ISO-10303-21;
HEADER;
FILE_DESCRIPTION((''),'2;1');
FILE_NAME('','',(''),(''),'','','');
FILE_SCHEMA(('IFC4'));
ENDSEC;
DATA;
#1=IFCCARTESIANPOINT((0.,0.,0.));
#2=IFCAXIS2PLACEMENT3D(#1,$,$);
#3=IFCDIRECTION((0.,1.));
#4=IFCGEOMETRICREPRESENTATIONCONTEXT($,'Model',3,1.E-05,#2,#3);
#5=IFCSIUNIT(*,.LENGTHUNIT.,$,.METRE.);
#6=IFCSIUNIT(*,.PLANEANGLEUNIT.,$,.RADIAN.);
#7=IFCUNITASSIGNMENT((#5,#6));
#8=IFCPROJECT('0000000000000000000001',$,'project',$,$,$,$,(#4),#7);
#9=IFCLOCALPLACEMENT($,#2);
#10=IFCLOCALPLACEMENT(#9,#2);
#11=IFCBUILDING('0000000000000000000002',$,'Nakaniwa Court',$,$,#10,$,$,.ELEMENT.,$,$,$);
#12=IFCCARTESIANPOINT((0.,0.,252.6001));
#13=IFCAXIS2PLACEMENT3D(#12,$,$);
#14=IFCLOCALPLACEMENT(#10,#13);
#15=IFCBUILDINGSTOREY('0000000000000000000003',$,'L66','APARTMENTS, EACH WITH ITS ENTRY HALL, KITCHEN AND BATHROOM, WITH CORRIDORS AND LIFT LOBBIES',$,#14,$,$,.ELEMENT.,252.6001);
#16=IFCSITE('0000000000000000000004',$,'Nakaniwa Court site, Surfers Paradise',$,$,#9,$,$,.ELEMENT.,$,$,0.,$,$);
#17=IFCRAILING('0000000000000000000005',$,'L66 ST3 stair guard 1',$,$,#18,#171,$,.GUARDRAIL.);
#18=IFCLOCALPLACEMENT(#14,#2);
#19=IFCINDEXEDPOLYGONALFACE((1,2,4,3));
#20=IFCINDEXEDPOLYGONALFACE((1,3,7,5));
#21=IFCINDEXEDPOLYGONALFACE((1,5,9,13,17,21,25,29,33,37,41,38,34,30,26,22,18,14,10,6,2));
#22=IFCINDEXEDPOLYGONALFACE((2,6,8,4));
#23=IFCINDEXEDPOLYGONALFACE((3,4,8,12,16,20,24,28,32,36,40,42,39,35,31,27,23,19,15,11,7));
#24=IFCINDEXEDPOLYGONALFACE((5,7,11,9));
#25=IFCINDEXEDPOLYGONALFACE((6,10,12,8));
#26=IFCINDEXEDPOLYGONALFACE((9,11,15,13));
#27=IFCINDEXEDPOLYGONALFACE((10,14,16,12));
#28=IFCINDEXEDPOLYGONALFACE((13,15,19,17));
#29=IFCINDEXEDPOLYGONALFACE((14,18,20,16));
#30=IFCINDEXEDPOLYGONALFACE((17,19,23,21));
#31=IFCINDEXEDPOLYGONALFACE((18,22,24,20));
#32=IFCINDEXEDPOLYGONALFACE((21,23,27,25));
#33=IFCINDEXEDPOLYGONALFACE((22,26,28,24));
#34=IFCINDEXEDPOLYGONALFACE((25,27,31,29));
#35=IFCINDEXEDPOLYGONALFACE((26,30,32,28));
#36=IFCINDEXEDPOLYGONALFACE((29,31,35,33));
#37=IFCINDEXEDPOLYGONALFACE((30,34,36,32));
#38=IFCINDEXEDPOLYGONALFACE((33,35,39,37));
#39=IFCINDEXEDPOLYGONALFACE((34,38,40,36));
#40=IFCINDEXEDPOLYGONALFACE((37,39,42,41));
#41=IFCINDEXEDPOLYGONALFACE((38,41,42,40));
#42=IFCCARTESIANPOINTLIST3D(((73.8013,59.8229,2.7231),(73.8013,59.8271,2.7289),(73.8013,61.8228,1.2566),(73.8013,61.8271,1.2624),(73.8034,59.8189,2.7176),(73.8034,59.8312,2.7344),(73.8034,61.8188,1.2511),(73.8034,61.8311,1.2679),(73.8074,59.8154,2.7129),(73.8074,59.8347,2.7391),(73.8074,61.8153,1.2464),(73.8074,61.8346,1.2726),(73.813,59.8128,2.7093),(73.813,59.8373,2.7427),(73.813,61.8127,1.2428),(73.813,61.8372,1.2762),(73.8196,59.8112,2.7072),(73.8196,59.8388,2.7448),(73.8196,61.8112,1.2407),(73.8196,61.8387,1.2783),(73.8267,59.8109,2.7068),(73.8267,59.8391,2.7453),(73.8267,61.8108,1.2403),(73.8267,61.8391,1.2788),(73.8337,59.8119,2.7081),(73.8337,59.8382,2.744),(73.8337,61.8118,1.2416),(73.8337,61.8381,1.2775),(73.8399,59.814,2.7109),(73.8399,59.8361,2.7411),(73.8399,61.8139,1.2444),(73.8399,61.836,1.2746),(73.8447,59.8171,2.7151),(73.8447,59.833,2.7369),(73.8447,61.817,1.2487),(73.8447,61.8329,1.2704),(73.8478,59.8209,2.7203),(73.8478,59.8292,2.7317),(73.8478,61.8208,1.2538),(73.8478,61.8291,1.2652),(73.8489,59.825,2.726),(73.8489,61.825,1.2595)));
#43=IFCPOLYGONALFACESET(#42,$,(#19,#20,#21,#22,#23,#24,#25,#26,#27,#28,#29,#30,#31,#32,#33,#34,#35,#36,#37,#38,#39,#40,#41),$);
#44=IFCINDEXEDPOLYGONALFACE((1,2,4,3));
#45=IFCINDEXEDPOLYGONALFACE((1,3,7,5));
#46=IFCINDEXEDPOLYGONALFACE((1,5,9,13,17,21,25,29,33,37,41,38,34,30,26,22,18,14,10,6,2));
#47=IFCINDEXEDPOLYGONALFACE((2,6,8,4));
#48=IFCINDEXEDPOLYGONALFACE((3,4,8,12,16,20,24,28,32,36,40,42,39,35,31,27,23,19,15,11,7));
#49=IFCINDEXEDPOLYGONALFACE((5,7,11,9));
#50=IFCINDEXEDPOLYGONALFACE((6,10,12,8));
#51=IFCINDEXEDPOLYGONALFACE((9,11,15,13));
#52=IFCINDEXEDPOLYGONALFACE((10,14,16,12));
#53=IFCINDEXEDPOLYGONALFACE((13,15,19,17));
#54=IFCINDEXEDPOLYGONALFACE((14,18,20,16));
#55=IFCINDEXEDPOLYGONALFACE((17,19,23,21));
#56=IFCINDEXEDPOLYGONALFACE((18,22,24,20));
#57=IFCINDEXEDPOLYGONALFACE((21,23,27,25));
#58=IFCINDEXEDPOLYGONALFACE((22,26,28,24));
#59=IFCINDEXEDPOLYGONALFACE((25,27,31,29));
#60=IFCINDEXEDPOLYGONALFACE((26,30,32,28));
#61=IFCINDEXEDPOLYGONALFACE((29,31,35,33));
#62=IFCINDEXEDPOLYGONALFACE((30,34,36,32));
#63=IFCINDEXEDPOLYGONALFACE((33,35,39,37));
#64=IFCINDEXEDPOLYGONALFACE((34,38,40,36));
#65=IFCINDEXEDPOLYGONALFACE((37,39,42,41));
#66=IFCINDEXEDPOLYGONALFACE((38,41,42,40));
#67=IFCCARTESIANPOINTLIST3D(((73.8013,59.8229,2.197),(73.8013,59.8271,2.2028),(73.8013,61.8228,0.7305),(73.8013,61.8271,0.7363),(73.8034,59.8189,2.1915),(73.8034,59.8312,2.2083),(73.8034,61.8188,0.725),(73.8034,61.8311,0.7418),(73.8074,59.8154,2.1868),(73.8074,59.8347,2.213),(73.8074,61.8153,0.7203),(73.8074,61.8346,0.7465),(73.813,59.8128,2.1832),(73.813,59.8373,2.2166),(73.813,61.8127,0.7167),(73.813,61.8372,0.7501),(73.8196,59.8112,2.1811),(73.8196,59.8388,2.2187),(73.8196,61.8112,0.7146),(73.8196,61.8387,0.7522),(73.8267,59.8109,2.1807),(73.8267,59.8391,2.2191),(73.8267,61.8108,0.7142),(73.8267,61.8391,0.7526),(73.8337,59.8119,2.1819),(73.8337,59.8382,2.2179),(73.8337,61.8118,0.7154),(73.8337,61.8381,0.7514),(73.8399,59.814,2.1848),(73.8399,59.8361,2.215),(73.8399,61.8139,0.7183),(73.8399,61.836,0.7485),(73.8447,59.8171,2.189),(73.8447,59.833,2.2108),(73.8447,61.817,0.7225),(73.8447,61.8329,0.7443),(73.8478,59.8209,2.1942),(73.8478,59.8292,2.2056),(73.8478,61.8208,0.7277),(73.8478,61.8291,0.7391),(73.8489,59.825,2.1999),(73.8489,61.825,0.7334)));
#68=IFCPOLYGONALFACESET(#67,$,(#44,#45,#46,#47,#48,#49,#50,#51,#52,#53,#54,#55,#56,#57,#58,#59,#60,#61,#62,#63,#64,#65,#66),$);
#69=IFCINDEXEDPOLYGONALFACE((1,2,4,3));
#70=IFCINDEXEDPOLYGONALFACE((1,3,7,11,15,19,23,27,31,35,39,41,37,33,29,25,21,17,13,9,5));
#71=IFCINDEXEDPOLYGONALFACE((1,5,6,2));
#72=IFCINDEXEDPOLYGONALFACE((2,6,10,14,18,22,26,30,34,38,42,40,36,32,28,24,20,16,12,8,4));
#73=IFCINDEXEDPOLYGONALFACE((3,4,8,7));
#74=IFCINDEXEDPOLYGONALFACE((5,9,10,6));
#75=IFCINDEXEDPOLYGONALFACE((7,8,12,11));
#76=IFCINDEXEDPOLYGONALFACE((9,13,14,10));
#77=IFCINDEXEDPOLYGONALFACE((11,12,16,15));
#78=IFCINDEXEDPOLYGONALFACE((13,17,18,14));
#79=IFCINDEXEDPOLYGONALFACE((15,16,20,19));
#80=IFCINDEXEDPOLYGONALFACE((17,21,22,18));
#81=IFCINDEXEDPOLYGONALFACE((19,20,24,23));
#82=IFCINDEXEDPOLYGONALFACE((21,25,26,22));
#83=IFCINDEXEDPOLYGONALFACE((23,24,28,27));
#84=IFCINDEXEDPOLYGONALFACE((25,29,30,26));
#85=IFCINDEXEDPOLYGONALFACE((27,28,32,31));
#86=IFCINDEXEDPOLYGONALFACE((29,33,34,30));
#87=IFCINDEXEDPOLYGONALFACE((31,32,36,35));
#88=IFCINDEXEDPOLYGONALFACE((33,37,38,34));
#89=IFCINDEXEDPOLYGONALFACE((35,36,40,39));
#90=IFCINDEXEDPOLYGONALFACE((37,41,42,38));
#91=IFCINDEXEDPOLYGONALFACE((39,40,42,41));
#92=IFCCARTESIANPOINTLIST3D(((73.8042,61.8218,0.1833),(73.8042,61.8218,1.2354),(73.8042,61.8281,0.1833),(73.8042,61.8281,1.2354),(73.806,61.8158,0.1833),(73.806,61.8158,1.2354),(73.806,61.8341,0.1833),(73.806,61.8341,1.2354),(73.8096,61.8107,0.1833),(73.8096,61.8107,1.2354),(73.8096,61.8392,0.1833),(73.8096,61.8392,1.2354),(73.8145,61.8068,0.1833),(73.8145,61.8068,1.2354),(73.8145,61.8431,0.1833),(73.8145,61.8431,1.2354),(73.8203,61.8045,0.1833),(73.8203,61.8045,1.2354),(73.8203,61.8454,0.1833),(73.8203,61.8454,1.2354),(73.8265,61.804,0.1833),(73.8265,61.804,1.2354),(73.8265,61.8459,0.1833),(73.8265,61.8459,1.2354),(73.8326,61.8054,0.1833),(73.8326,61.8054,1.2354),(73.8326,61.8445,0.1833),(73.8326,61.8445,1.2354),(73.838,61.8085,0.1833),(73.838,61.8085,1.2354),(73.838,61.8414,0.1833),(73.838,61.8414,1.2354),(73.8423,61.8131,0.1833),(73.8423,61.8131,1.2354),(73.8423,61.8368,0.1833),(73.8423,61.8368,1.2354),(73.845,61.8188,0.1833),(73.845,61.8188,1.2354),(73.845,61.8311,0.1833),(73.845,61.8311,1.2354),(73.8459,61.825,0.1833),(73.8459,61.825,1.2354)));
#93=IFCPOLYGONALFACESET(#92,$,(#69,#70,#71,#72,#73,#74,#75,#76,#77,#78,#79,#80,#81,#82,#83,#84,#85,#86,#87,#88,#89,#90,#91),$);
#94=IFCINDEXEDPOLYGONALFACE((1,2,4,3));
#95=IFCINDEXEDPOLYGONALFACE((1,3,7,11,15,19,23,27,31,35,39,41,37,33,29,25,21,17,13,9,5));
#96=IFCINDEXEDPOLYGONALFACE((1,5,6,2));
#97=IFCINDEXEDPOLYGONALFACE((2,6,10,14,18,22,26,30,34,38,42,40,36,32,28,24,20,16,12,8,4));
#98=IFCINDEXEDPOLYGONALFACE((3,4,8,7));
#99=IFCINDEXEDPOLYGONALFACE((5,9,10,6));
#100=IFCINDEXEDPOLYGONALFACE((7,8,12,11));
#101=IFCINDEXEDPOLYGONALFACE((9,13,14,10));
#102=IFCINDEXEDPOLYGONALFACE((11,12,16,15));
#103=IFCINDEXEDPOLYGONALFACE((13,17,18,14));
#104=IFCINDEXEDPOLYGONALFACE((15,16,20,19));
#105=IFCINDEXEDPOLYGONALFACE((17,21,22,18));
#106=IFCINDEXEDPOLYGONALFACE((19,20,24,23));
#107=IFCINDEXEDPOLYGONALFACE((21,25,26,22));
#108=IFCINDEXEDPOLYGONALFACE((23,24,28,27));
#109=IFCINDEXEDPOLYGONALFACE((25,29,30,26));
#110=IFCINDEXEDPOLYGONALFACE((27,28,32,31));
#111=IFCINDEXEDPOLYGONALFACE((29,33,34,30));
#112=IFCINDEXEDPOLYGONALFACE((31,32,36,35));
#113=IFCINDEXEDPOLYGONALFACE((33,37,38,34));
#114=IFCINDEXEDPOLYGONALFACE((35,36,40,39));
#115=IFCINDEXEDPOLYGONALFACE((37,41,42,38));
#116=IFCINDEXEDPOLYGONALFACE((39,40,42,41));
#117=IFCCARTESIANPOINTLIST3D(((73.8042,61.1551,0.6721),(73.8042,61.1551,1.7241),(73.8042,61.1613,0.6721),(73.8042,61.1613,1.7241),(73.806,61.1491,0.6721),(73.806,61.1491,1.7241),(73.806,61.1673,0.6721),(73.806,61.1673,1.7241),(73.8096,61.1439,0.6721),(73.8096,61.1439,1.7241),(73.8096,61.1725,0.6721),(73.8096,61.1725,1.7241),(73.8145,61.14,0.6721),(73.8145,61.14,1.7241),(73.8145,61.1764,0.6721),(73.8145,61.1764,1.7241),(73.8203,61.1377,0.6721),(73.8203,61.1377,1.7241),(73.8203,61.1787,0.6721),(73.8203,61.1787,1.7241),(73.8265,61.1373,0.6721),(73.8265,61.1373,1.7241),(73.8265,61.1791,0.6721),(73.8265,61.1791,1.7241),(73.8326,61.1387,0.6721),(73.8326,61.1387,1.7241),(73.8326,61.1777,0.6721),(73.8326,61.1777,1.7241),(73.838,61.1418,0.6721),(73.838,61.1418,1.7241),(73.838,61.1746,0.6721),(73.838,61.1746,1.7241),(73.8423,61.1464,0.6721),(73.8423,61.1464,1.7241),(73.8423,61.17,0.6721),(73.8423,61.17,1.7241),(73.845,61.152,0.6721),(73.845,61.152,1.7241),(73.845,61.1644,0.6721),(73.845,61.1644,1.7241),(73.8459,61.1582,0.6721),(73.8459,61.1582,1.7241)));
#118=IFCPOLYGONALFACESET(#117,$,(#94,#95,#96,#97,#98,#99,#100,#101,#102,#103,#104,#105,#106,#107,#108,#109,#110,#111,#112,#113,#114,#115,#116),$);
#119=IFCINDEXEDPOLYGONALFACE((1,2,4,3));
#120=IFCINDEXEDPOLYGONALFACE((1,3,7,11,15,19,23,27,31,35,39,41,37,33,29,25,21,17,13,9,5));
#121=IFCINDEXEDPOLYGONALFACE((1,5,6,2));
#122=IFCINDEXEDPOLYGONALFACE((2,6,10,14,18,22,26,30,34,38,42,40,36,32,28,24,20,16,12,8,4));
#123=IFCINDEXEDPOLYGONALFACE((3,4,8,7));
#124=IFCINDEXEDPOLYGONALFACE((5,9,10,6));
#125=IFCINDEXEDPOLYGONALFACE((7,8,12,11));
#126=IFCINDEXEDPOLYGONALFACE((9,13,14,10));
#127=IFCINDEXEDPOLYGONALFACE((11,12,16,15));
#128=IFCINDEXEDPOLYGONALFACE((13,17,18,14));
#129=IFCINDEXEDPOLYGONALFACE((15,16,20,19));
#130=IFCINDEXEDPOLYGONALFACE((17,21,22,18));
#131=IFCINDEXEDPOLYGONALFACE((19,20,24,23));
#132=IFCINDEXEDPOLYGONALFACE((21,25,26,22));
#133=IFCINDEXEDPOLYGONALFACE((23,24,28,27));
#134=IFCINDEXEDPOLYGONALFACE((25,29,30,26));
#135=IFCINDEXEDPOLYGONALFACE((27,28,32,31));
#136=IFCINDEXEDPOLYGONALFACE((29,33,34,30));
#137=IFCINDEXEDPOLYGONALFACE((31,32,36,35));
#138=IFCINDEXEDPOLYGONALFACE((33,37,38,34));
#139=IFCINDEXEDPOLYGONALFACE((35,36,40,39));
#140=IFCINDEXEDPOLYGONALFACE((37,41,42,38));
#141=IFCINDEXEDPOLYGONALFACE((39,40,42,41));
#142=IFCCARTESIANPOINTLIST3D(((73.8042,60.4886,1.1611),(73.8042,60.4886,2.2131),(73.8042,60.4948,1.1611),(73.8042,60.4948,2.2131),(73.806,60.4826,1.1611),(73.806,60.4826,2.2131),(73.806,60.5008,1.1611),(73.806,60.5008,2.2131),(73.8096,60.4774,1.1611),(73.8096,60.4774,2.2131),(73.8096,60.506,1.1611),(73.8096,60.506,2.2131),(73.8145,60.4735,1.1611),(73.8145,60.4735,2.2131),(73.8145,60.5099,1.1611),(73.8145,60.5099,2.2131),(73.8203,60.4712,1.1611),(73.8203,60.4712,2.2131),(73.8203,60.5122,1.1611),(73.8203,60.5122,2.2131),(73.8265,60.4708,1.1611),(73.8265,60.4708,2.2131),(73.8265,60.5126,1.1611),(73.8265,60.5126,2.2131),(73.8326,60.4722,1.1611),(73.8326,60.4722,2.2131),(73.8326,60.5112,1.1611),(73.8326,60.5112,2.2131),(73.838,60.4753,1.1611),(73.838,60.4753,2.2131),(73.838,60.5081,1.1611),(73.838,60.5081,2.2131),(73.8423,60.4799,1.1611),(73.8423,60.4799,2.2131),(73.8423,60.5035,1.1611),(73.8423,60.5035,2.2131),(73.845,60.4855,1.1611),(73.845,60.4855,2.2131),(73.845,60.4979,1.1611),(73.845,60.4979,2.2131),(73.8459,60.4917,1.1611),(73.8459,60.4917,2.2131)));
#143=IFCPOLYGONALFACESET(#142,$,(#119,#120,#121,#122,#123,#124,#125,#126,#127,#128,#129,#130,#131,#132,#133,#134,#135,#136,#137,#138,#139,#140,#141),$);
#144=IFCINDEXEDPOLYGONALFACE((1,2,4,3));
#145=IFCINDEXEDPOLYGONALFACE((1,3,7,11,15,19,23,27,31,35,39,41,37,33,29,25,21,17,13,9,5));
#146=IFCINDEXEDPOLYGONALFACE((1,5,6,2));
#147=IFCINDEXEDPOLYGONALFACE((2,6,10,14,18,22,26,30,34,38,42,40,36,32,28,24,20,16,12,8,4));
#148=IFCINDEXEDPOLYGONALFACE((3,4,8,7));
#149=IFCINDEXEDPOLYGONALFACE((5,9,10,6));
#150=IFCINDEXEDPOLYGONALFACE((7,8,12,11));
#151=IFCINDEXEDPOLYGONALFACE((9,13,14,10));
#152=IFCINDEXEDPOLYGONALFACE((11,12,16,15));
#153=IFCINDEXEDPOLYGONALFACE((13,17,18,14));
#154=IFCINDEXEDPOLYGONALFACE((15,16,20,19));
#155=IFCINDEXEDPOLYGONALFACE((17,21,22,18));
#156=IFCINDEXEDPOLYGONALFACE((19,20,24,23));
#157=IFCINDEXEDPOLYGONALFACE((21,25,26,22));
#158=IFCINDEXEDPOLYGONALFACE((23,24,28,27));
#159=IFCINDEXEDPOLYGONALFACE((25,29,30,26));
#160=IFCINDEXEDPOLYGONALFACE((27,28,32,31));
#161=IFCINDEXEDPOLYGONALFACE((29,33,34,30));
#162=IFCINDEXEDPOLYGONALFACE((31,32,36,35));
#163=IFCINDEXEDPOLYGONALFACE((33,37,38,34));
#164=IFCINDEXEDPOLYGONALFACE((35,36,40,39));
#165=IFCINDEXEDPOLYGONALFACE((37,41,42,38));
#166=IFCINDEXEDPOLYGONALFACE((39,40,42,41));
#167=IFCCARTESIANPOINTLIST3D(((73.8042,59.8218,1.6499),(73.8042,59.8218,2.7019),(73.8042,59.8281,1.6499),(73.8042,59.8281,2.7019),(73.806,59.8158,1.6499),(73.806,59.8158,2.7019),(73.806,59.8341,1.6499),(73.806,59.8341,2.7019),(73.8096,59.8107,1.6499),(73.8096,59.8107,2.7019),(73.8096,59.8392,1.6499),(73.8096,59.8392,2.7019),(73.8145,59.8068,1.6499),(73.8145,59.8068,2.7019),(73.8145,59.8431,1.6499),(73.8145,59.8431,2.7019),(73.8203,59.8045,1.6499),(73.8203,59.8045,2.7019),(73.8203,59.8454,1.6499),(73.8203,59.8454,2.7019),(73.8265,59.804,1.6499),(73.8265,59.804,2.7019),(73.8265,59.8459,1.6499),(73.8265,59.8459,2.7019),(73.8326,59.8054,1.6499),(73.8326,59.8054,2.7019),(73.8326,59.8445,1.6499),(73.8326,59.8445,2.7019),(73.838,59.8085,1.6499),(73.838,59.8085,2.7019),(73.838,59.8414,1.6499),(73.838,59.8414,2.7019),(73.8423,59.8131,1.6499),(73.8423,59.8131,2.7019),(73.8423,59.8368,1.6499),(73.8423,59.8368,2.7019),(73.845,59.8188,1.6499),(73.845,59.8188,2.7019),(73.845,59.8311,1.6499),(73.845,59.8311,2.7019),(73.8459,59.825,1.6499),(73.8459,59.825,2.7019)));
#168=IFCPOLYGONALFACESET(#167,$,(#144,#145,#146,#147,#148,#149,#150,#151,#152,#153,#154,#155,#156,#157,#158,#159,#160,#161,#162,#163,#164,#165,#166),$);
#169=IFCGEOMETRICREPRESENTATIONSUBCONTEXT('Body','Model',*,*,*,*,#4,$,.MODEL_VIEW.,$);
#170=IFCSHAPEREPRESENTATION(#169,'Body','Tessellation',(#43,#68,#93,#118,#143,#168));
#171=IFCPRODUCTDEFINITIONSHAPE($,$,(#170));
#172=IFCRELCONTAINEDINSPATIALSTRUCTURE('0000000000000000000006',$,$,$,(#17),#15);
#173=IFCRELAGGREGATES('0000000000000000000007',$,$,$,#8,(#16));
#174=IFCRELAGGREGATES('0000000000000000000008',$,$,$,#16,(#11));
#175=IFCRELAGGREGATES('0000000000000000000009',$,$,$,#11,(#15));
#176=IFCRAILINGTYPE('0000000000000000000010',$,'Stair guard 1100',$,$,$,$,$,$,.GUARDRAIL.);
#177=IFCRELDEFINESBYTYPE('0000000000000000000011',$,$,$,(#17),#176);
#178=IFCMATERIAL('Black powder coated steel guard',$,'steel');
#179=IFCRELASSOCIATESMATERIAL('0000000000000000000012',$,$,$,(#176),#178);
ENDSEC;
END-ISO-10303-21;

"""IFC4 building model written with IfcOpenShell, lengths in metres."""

from ifc_helpers import new_model, si_unit, direction, frame, origin, origin_2d, place, context, subcontext, project, spatial, circle, extrude, material, type_object, element, save


model = new_model("IFC4")

# Units and contexts
model_context = context("Model", 3, precision=1e-05, world=origin(), true_north=direction((0.0, 1.0)))
body_context = subcontext(model_context, "Body", "Model", "MODEL_VIEW")
ifc_project = project(units=[si_unit("LENGTHUNIT", "METRE"), si_unit("PLANEANGLEUNIT", "RADIAN")], contexts=[model_context])

# Site, building, storey
site_placement = place(None, origin())
site = spatial("IfcSite", under=ifc_project, at=site_placement, Name="Nakaniwa Court site, Surfers Paradise", CompositionType="ELEMENT", RefElevation=0.0)
building_placement = place(site_placement, origin())
building = spatial("IfcBuilding", under=site, at=building_placement, Name="Nakaniwa Court", CompositionType="ELEMENT")
storey_placement = place(building_placement, frame((0.0, 0.0, 252.6001)))
storey = spatial("IfcBuildingStorey", under=building, at=storey_placement, Name="L66", Description="APARTMENTS, EACH WITH ITS ENTRY HALL, KITCHEN AND BATHROOM, WITH CORRIDORS AND LIFT LOBBIES", CompositionType="ELEMENT", Elevation=252.6001)

# Railing
ifc_material_1 = material(Name="Black powder coated steel guard", Category="steel")
railing_type_1 = type_object("IfcRailingType", Name="Stair guard 1100", PredefinedType="GUARDRAIL", material=ifc_material_1)
railing_1_placement = place(storey_placement, frame((73.825, 61.825, 0.1833)))
element("IfcRailing", 1, at=railing_1_placement, inside=storey, type_object=railing_type_1, Name="L66 ST3 stair guard 1", PredefinedType="GUARDRAIL", context=body_context, shape_type="SweptSolid", body=[
    extrude(circle(Radius=0.0239, at=origin_2d()), frame((0.0, 0.0, 1.0762), z_axis=(0.0, -0.806427, 0.591334), x_axis=(1.0, 0.0, 0.0)), (0.0, 0.0, 1.0), 2.48),
    extrude(circle(Radius=0.0239, at=origin_2d()), frame((0.0, 0.0, 0.55), z_axis=(0.0, -0.806427, 0.591334), x_axis=(1.0, 0.0, 0.0)), (0.0, 0.0, 1.0), 2.48),
    extrude(circle(Radius=0.021, at=origin_2d()), origin(), (0.0, 0.0, 1.0), 1.052),
    extrude(circle(Radius=0.021, at=origin_2d()), frame((0.0, -0.6667, 0.4888)), (0.0, 0.0, 1.0), 1.052),
    extrude(circle(Radius=0.021, at=origin_2d()), frame((0.0, -1.3333, 0.9778)), (0.0, 0.0, 1.0), 1.052),
    extrude(circle(Radius=0.021, at=origin_2d()), frame((0.0, -2.0, 1.4666)), (0.0, 0.0, 1.0), 1.052),
])

save(model, "model.ifc")
